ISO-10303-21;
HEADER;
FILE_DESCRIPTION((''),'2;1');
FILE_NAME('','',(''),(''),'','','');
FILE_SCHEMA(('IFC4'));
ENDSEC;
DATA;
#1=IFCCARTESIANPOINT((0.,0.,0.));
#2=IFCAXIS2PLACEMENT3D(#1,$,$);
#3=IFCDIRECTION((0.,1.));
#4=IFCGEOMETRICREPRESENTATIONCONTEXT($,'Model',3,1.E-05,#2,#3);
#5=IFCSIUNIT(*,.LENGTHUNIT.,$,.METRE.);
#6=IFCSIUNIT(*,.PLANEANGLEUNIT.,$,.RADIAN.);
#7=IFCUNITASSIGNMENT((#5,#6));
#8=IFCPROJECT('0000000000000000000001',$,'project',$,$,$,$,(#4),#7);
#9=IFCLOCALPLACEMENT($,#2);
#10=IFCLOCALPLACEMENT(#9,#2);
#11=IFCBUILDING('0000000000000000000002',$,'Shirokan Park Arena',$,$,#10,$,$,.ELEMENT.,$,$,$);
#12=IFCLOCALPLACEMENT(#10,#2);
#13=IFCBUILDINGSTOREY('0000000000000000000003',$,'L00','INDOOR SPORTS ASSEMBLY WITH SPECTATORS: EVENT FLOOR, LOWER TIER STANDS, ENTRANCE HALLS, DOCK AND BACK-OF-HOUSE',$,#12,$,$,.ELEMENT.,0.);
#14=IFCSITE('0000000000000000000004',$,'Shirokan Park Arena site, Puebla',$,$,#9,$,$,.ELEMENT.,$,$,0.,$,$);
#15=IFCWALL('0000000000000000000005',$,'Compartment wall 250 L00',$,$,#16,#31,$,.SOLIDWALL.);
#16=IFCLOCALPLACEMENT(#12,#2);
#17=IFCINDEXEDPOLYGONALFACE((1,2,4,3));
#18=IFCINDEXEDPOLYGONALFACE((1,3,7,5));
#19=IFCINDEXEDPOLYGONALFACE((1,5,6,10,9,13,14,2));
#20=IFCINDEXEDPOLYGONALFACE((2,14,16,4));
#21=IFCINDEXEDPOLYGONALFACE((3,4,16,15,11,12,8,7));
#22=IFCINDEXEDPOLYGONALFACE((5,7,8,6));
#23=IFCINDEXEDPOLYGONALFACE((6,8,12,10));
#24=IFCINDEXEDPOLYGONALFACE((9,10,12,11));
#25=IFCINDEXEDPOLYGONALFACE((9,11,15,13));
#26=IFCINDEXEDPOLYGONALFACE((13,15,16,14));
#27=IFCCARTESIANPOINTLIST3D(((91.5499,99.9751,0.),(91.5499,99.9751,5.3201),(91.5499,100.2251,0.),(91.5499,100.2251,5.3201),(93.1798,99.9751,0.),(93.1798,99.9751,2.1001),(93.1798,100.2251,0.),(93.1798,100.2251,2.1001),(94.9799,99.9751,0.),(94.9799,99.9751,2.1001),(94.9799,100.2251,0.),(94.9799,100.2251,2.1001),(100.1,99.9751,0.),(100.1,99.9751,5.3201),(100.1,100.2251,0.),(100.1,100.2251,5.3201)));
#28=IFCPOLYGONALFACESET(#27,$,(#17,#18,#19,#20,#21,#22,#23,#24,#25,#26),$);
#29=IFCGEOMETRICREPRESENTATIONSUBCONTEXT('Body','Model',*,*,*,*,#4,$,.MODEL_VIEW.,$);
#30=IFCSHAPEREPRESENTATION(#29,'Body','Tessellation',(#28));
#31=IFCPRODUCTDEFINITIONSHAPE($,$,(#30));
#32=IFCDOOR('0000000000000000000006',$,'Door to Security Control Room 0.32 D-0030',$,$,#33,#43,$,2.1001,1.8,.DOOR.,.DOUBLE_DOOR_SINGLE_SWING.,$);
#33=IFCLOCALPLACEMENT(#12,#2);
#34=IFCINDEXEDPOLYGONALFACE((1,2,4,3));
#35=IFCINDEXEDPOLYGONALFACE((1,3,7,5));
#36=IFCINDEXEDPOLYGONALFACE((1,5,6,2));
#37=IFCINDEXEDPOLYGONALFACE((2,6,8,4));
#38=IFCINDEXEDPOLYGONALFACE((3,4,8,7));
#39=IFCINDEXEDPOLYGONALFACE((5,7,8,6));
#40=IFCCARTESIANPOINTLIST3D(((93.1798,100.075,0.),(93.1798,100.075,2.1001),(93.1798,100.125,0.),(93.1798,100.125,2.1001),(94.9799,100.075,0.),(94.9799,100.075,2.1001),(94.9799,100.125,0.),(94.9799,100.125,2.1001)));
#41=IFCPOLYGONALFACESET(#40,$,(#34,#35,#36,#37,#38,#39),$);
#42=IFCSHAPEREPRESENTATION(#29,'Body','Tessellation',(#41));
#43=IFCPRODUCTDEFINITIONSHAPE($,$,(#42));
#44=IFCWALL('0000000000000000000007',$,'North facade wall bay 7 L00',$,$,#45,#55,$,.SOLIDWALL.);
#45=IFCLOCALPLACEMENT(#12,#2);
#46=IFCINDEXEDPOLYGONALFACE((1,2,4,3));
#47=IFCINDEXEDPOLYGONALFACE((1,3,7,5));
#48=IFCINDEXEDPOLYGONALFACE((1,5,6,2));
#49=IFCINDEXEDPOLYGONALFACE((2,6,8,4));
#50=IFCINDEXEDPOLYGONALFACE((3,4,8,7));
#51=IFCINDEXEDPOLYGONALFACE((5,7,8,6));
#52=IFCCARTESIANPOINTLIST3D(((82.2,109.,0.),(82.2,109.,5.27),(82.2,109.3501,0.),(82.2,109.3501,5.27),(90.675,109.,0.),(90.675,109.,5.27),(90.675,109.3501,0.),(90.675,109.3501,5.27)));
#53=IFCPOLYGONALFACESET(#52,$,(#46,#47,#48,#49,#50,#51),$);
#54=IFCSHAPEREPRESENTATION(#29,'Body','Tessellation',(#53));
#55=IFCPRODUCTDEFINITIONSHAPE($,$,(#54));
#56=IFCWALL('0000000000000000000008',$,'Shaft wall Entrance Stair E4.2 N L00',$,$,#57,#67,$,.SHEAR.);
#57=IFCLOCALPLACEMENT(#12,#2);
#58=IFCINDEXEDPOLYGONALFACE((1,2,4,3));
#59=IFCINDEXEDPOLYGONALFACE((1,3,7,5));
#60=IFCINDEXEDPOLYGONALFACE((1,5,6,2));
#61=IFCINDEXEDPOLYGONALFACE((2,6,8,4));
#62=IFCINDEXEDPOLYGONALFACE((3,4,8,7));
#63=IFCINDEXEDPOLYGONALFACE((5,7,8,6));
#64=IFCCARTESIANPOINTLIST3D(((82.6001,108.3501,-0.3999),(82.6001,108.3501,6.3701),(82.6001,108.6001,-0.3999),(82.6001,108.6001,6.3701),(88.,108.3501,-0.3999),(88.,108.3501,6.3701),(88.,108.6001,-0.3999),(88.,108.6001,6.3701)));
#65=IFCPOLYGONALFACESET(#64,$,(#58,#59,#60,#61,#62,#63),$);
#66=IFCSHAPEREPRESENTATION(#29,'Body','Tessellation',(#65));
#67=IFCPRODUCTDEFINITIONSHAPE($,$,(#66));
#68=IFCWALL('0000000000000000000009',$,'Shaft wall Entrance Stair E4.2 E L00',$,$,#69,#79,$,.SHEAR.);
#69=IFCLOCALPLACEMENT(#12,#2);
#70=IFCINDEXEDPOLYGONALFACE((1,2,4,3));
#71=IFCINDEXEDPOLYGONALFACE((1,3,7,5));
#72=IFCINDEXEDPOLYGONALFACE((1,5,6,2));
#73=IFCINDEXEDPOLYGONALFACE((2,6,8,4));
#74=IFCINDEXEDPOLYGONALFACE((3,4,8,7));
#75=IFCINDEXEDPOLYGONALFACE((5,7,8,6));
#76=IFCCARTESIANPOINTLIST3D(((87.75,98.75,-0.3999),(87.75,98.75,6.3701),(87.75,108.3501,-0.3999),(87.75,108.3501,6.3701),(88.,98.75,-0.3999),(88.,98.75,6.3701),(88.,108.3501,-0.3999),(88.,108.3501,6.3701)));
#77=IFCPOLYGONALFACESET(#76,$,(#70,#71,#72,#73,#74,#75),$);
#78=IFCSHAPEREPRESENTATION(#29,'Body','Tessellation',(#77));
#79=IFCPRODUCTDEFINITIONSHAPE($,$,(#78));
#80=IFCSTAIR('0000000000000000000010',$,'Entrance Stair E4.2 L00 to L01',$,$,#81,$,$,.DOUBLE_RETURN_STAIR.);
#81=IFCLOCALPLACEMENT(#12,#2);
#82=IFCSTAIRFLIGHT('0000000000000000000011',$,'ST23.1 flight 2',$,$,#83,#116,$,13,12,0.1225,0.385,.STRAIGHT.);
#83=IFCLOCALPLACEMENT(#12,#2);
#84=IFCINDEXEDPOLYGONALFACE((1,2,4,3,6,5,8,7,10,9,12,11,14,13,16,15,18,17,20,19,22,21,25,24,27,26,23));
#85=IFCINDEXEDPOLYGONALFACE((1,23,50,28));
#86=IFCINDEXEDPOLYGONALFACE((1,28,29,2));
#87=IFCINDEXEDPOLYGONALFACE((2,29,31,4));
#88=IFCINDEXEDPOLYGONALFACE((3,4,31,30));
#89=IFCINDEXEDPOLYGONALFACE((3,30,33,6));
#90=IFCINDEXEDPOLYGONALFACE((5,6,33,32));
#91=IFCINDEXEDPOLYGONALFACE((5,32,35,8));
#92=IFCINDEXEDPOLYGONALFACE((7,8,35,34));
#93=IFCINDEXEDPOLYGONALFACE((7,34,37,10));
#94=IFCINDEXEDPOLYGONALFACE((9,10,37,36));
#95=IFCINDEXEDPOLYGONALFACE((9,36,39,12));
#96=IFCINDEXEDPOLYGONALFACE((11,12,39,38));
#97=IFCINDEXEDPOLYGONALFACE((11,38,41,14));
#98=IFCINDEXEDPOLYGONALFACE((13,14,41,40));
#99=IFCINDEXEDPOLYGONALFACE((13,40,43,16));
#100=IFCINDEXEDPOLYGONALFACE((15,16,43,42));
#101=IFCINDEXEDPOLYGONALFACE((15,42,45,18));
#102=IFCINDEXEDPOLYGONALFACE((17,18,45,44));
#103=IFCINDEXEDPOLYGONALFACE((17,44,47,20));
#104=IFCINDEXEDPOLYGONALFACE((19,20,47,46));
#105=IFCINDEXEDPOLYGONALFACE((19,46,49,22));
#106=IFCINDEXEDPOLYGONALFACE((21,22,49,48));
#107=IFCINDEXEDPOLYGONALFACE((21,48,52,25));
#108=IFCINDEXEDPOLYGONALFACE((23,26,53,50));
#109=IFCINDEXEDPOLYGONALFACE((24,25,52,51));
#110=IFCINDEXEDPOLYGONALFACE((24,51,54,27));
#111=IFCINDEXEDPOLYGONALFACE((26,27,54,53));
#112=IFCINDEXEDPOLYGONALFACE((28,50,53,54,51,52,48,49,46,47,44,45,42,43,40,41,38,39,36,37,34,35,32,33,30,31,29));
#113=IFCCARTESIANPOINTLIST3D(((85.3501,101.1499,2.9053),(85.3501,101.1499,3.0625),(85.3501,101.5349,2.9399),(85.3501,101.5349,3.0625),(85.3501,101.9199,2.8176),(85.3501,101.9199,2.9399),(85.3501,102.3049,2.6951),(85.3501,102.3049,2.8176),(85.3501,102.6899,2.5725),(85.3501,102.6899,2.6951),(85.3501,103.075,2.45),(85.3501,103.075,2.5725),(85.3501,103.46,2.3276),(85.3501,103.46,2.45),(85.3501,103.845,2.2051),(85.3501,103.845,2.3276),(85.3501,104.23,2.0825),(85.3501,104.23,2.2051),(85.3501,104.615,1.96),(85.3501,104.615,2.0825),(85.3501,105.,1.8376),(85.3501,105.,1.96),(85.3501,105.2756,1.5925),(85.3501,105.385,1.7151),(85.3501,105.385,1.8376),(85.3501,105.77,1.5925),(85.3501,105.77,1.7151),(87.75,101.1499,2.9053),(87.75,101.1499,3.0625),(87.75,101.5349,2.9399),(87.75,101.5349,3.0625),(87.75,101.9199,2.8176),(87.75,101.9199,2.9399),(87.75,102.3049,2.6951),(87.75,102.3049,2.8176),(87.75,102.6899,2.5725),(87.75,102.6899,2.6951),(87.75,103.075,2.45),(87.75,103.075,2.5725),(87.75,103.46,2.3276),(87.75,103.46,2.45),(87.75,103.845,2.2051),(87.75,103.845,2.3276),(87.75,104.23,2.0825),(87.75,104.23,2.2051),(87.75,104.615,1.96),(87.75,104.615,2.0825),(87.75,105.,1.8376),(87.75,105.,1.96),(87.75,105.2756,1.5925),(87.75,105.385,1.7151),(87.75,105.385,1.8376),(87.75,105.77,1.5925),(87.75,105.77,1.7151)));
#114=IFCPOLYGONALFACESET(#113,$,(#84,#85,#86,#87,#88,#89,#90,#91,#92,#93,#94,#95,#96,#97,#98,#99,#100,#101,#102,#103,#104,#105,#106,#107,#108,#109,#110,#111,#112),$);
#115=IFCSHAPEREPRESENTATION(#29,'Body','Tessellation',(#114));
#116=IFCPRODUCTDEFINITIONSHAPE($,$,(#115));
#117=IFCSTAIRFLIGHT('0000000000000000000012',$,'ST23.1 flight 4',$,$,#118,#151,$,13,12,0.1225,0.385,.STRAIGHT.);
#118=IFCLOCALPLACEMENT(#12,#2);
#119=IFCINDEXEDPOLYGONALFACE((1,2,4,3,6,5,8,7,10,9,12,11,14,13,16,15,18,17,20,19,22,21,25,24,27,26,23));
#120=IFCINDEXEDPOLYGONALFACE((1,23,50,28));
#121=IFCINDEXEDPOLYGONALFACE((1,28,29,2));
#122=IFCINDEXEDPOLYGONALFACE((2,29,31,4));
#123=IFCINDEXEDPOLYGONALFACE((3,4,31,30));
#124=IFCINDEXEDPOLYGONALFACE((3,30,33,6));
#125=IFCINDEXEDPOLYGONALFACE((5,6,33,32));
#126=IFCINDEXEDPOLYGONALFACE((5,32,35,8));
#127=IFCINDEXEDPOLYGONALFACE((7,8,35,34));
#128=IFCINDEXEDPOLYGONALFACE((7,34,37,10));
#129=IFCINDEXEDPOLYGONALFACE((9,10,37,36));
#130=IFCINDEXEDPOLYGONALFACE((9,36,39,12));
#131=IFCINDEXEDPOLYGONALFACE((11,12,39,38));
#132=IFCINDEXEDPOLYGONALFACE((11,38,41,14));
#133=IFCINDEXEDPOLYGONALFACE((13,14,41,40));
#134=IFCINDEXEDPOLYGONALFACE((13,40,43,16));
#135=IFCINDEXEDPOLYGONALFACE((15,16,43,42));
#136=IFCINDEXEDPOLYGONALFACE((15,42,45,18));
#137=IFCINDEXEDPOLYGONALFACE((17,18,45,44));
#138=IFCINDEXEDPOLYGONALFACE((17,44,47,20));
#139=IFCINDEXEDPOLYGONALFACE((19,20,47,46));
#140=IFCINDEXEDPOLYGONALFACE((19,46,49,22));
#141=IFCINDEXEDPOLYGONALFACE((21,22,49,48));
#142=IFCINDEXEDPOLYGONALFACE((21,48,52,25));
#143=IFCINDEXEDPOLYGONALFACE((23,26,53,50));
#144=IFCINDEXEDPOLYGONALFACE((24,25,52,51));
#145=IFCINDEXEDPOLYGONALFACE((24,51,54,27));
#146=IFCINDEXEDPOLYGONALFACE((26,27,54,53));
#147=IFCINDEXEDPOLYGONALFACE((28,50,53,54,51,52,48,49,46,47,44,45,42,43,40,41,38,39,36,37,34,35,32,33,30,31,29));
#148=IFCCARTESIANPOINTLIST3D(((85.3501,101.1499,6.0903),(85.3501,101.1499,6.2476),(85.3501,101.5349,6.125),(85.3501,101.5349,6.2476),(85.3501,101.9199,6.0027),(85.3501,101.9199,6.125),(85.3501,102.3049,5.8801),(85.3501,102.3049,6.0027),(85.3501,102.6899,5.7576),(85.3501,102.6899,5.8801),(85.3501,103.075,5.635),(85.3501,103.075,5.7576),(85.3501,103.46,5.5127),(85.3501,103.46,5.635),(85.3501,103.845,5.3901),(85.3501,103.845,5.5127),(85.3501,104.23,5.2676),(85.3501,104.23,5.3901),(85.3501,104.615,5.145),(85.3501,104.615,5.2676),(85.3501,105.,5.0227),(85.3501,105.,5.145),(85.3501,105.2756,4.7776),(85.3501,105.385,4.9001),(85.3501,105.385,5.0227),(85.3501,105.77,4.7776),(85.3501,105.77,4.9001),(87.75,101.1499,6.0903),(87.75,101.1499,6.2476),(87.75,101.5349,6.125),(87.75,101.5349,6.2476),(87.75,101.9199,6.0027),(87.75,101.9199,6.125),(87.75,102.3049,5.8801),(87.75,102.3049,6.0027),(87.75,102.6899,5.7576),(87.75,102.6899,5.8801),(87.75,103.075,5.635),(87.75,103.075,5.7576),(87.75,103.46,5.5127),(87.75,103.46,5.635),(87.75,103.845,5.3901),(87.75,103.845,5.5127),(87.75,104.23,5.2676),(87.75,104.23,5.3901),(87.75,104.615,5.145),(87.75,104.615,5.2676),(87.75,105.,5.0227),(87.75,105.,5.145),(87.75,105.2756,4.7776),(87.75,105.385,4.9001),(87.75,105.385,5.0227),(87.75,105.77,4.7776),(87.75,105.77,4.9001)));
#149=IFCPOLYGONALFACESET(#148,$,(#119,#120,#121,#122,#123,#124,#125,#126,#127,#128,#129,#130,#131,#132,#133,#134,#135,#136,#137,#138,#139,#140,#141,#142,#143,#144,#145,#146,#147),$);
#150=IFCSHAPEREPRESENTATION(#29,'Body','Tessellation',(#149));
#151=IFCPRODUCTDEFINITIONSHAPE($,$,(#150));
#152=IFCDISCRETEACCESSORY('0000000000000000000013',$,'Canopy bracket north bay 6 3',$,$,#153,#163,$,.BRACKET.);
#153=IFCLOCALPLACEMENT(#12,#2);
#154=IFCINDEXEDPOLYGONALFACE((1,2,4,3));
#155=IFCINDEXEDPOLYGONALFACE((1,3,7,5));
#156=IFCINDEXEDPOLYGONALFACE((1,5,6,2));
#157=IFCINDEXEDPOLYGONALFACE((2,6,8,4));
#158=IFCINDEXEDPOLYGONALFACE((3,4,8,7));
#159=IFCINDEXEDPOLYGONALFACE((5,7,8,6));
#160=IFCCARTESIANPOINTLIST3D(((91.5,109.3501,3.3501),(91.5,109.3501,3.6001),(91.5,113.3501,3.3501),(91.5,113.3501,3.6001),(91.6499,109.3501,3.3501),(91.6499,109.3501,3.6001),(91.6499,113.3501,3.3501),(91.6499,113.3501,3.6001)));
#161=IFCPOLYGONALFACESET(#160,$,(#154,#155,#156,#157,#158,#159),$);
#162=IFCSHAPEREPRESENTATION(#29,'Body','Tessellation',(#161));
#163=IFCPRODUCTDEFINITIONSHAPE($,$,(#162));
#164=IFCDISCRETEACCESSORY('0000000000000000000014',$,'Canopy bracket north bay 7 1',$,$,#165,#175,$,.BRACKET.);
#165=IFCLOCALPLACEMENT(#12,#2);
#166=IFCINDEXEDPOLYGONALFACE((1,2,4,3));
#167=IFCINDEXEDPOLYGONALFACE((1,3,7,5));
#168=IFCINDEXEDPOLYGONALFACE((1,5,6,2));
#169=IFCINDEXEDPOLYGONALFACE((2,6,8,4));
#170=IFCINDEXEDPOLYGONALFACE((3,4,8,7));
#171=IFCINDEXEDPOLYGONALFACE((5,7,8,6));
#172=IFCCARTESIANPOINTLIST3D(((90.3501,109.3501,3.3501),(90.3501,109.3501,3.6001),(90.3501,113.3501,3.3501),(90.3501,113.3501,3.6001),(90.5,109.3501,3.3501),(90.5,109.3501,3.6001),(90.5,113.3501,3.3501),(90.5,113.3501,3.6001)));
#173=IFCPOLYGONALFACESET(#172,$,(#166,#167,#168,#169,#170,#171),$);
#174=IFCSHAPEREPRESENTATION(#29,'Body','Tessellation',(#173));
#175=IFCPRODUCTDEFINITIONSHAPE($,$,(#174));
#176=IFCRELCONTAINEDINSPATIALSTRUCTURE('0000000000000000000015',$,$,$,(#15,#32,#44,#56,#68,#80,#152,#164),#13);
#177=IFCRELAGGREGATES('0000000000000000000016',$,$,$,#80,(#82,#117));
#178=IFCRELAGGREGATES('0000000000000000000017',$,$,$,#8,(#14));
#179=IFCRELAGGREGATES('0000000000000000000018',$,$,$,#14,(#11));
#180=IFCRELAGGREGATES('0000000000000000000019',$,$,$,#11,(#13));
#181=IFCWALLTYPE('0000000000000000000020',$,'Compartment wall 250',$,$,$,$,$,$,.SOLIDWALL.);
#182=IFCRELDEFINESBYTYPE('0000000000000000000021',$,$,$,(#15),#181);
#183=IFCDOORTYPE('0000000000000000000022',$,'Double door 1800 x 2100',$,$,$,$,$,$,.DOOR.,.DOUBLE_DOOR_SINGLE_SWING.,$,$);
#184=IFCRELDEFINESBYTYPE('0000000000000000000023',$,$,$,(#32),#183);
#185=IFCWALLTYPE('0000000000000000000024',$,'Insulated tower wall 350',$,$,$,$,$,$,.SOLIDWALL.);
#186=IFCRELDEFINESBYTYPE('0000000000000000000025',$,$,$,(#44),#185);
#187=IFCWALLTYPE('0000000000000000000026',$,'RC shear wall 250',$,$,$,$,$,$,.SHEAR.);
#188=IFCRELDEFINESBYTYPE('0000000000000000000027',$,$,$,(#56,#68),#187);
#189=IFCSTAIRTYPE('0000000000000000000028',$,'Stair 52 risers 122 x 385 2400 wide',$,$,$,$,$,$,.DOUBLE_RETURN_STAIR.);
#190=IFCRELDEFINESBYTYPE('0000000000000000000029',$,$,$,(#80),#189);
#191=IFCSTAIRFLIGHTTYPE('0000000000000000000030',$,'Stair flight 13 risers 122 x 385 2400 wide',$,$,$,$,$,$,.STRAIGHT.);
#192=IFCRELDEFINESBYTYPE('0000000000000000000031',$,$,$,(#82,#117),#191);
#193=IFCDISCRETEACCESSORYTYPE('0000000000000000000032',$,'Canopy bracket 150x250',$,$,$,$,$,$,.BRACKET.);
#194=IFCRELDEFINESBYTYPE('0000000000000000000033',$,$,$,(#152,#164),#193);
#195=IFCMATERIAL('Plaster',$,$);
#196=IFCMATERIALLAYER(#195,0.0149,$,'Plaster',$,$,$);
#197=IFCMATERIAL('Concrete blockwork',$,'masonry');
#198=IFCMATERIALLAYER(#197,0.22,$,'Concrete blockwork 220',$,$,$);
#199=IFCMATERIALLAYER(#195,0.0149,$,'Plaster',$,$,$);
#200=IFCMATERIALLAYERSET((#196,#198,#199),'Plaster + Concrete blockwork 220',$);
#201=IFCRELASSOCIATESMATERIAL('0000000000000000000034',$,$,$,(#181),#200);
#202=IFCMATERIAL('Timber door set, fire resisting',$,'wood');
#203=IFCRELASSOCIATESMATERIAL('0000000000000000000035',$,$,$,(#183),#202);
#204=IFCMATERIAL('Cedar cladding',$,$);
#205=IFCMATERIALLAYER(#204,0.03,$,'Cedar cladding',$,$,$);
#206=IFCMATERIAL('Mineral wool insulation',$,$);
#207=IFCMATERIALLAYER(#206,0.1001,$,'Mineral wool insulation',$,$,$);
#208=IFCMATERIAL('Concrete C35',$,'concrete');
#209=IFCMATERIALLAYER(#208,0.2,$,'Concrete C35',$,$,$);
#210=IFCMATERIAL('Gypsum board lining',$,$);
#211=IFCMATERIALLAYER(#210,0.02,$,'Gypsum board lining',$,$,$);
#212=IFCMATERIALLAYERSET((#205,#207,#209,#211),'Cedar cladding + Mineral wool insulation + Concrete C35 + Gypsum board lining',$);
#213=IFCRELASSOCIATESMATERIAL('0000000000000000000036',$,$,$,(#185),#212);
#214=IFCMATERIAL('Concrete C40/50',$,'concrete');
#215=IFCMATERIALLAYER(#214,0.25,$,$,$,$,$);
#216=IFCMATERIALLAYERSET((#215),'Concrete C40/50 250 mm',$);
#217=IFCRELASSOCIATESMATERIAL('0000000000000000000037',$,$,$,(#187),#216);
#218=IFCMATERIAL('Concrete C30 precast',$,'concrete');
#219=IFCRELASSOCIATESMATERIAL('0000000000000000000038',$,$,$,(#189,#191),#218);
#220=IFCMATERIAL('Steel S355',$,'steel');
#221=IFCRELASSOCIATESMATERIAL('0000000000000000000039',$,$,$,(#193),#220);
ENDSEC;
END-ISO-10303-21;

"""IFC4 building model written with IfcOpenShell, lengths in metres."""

from ifc_helpers import new_model, si_unit, direction, frame, frame_2d, origin, origin_2d, place, context, subcontext, project, spatial, polyline, rectangle, outline, extrude, material, layer, layer_set, type_object, element, fill, aggregate, save


model = new_model("IFC4")

# Units and contexts
model_context = context("Model", 3, precision=1e-05, world=origin(), true_north=direction((0.0, 1.0)))
body_context = subcontext(model_context, "Body", "Model", "MODEL_VIEW")
ifc_project = project(units=[si_unit("LENGTHUNIT", "METRE"), si_unit("PLANEANGLEUNIT", "RADIAN")], contexts=[model_context])

# Site, building, storey
site_placement = place(None, origin())
site = spatial("IfcSite", under=ifc_project, at=site_placement, Name="Shirokan Park Arena site, Puebla", CompositionType="ELEMENT", RefElevation=0.0)
building_placement = place(site_placement, origin())
building = spatial("IfcBuilding", under=site, at=building_placement, Name="Shirokan Park Arena", CompositionType="ELEMENT")
storey_placement = place(building_placement, origin())
storey = spatial("IfcBuildingStorey", under=building, at=storey_placement, Name="L00", Description="INDOOR SPORTS ASSEMBLY WITH SPECTATORS: EVENT FLOOR, LOWER TIER STANDS, ENTRANCE HALLS, DOCK AND BACK-OF-HOUSE", CompositionType="ELEMENT", Elevation=0.0)

# Shared definitions
ifc_material_1 = material(Name="Concrete C35", Category="concrete")
ifc_material_2 = material(Name="Steel S355", Category="steel")

# Shared definitions
ifc_material_3 = material(Name="Plaster")
ifc_layer_1 = layer(ifc_material_3, 0.0149, Name="Plaster")
ifc_material_4 = material(Name="Concrete blockwork", Category="masonry")
ifc_layer_2 = layer(ifc_material_4, 0.22, Name="Concrete blockwork 220")
ifc_layer_3 = layer(ifc_material_3, 0.0149, Name="Plaster")
ifc_layer_set_1 = layer_set([ifc_layer_1, ifc_layer_2, ifc_layer_3], Name="Plaster + Concrete blockwork 220")
wall_type_1 = type_object("IfcWallType", Name="Compartment wall 250", PredefinedType="SOLIDWALL", material=ifc_layer_set_1)

# Wall, opening, door
wall_1_placement = place(storey_placement, frame((91.55, 100.1001, 0.0), z_axis=(0.0, 0.0, 1.0), x_axis=(1.0, 0.0, 0.0)))
wall_1 = element("IfcWall", 1, at=wall_1_placement, inside=storey, type_object=wall_type_1, Name="Compartment wall 250 L00", PredefinedType="SOLIDWALL", context=body_context, shape_type="SweptSolid", body=[
    extrude(rectangle(XDim=8.55, YDim=0.25, at=frame_2d((4.2749, 0.0))), origin(), (0.0, 0.0, 1.0), 5.3201),
])
opening_placement = place(wall_1_placement, frame((1.6299, 0.0, 0.0)))
opening = element("IfcOpeningElement", 2, at=opening_placement, cuts=wall_1, PredefinedType="OPENING", context=body_context, shape_type="SweptSolid", body=[
    extrude(rectangle(XDim=1.8, YDim=2.1001, at=frame_2d((0.8999, 1.05))), frame((0.0, 0.135, 0.0), z_axis=(0.0, -1.0, 0.0), x_axis=(1.0, 0.0, 0.0)), (0.0, 0.0, 1.0), 0.27),
])
ifc_material_5 = material(Name="Timber door set, fire resisting", Category="wood")
door_type = type_object("IfcDoorType", Name="Double door 1800 x 2100", OperationType="DOUBLE_DOOR_SINGLE_SWING", PredefinedType="DOOR", material=ifc_material_5)
door_placement = place(opening_placement, origin())
door = element("IfcDoor", 3, at=door_placement, inside=storey, type_object=door_type, Name="Door to Security Control Room 0.32 D-0030", OperationType="DOUBLE_DOOR_SINGLE_SWING", OverallHeight=2.1001, OverallWidth=1.8, PredefinedType="DOOR", context=body_context, shape_type="SweptSolid", body=[
    extrude(rectangle(XDim=1.8, YDim=2.1001, at=frame_2d((0.8999, 1.05))), frame((0.0, 0.0249, 0.0), z_axis=(0.0, -1.0, 0.0), x_axis=(1.0, 0.0, 0.0)), (0.0, 0.0, 1.0), 0.05),
])
fill(opening, door)

# Walls
ifc_material_6 = material(Name="Cedar cladding")
ifc_layer_4 = layer(ifc_material_6, 0.03, Name="Cedar cladding")
ifc_material_7 = material(Name="Mineral wool insulation")
ifc_layer_5 = layer(ifc_material_7, 0.1001, Name="Mineral wool insulation")
ifc_layer_6 = layer(ifc_material_1, 0.2, Name="Concrete C35")
ifc_material_8 = material(Name="Gypsum board lining")
ifc_layer_7 = layer(ifc_material_8, 0.02, Name="Gypsum board lining")
ifc_layer_set_2 = layer_set([ifc_layer_4, ifc_layer_5, ifc_layer_6, ifc_layer_7], Name="Cedar cladding + Mineral wool insulation + Concrete C35 + Gypsum board lining")
wall_type_2 = type_object("IfcWallType", Name="Insulated tower wall 350", PredefinedType="SOLIDWALL", material=ifc_layer_set_2)
wall_2_placement = place(storey_placement, frame((90.675, 109.175, 0.0), z_axis=(0.0, 0.0, 1.0), x_axis=(-1.0, 0.0, 0.0)))
element("IfcWall", 4, at=wall_2_placement, inside=storey, type_object=wall_type_2, Name="North facade wall bay 7 L00", PredefinedType="SOLIDWALL", context=body_context, shape_type="SweptSolid", body=[
    extrude(rectangle(XDim=8.4751, YDim=0.3501, at=frame_2d((4.2375, 0.0))), origin(), (0.0, 0.0, 1.0), 5.27),
])
ifc_material_9 = material(Name="Concrete C40/50", Category="concrete")
ifc_layer_8 = layer(ifc_material_9, 0.25)
ifc_layer_set_3 = layer_set([ifc_layer_8], Name="Concrete C40/50 250 mm")
wall_type_3 = type_object("IfcWallType", Name="RC shear wall 250", PredefinedType="SHEAR", material=ifc_layer_set_3)
wall_3_placement = place(storey_placement, frame((88.0, 108.4751, -0.3999), z_axis=(0.0, 0.0, 1.0), x_axis=(-1.0, 0.0, 0.0)))
element("IfcWall", 5, at=wall_3_placement, inside=storey, type_object=wall_type_3, Name="Shaft wall Entrance Stair E4.2 N L00", PredefinedType="SHEAR", context=body_context, shape_type="SweptSolid", body=[
    extrude(rectangle(XDim=5.3999, YDim=0.25, at=frame_2d((2.7, 0.0))), origin(), (0.0, 0.0, 1.0), 6.77),
])
wall_4_placement = place(storey_placement, frame((87.875, 108.3501, -0.3999), z_axis=(0.0, 0.0, 1.0), x_axis=(0.0, -1.0, 0.0)))
element("IfcWall", 6, at=wall_4_placement, inside=storey, type_object=wall_type_3, Name="Shaft wall Entrance Stair E4.2 E L00", PredefinedType="SHEAR", context=body_context, shape_type="SweptSolid", body=[
    extrude(rectangle(XDim=9.6001, YDim=0.25, at=frame_2d((4.8, 0.0))), origin(), (0.0, 0.0, 1.0), 6.77),
])

# Stair, stair flights
ifc_material_10 = material(Name="Concrete C30 precast", Category="concrete")
stair_type = type_object("IfcStairType", Name="Stair 52 risers 122 x 385 2400 wide", PredefinedType="DOUBLE_RETURN_STAIR", material=ifc_material_10)
stair_placement = place(storey_placement, origin())
stair = element("IfcStair", 7, at=stair_placement, inside=storey, type_object=stair_type, Name="Entrance Stair E4.2 L00 to L01", PredefinedType="DOUBLE_RETURN_STAIR")
stair_flight_type = type_object("IfcStairFlightType", Name="Stair flight 13 risers 122 x 385 2400 wide", PredefinedType="STRAIGHT", material=ifc_material_10)
stair_flight_1_placement = place(storey_placement, frame((86.55, 105.77, 1.5925), z_axis=(0.0, 0.0, 1.0), x_axis=(0.0, -1.0, 0.0)))
stair_flight_1 = element("IfcStairFlight", 8, at=stair_flight_1_placement, type_object=stair_flight_type, Name="ST23.1 flight 2", NumberOfRisers=13, NumberOfTreads=12, PredefinedType="STRAIGHT", RiserHeight=0.1225, TreadLength=0.385, context=body_context, shape_type="SweptSolid", body=[
    extrude(outline(polyline([(0.0, 0.0), (0.0, 0.1226), (0.385, 0.1226), (0.385, 0.2451), (0.77, 0.2451), (0.77, 0.3674), (1.155, 0.3674), (1.155, 0.49), (1.54, 0.49), (1.54, 0.6125), (1.925, 0.6125), (1.925, 0.7351), (2.3101, 0.7351), (2.3101, 0.8574), (2.6951, 0.8574), (2.6951, 0.98), (3.0801, 0.98), (3.0801, 1.1025), (3.4651, 1.1025), (3.4651, 1.2251), (3.8501, 1.2251), (3.8501, 1.3474), (4.2351, 1.3474), (4.2351, 1.47), (4.6201, 1.47), (4.6201, 1.5925), (4.6201, 1.3127), (0.4944, 0.0), (0.0, 0.0)])), frame((0.0, 1.2, 0.0), z_axis=(0.0, -1.0, 0.0), x_axis=(1.0, 0.0, 0.0)), (0.0, 0.0, 1.0), 2.3999),
])
stair_flight_2_placement = place(storey_placement, frame((86.55, 105.77, 4.7776), z_axis=(0.0, 0.0, 1.0), x_axis=(0.0, -1.0, 0.0)))
stair_flight_2 = element("IfcStairFlight", 9, at=stair_flight_2_placement, type_object=stair_flight_type, Name="ST23.1 flight 4", NumberOfRisers=13, NumberOfTreads=12, PredefinedType="STRAIGHT", RiserHeight=0.1225, TreadLength=0.385, context=body_context, shape_type="SweptSolid", body=[
    extrude(outline(polyline([(0.0, 0.0), (0.0, 0.1226), (0.385, 0.1226), (0.385, 0.2451), (0.77, 0.2451), (0.77, 0.3674), (1.155, 0.3674), (1.155, 0.49), (1.54, 0.49), (1.54, 0.6125), (1.925, 0.6125), (1.925, 0.7351), (2.3101, 0.7351), (2.3101, 0.8574), (2.6951, 0.8574), (2.6951, 0.98), (3.0801, 0.98), (3.0801, 1.1025), (3.4651, 1.1025), (3.4651, 1.2251), (3.8501, 1.2251), (3.8501, 1.3474), (4.2351, 1.3474), (4.2351, 1.47), (4.6201, 1.47), (4.6201, 1.5925), (4.6201, 1.3127), (0.4944, 0.0), (0.0, 0.0)])), frame((0.0, 1.2, 0.0), z_axis=(0.0, -1.0, 0.0), x_axis=(1.0, 0.0, 0.0)), (0.0, 0.0, 1.0), 2.3999),
])
aggregate(stair, [stair_flight_1, stair_flight_2])

# Discrete accessories
discrete_accessory_type = type_object("IfcDiscreteAccessoryType", Name="Canopy bracket 150x250", PredefinedType="BRACKET", material=ifc_material_2)
for number, where, z_axis, x_axis, name in (
    (10, (91.575, 111.3501, 3.3501), (0.0, 0.0, 1.0), (-1.0, 0.0, 0.0), "Canopy bracket north bay 6 3"),
    (11, (90.425, 111.3501, 3.3501), (0.0, 0.0, 1.0), (-1.0, 0.0, 0.0), "Canopy bracket north bay 7 1"),
):
    element("IfcDiscreteAccessory", number, at=place(storey_placement, frame(where, z_axis=z_axis, x_axis=x_axis)), inside=storey, type_object=discrete_accessory_type, Name=name, PredefinedType="BRACKET", context=body_context, shape_type="SweptSolid", body=[
        extrude(rectangle(XDim=0.1499, YDim=4.0, at=origin_2d()), origin(), (0.0, 0.0, 1.0), 0.25),
    ])

save(model, "model.ifc")
